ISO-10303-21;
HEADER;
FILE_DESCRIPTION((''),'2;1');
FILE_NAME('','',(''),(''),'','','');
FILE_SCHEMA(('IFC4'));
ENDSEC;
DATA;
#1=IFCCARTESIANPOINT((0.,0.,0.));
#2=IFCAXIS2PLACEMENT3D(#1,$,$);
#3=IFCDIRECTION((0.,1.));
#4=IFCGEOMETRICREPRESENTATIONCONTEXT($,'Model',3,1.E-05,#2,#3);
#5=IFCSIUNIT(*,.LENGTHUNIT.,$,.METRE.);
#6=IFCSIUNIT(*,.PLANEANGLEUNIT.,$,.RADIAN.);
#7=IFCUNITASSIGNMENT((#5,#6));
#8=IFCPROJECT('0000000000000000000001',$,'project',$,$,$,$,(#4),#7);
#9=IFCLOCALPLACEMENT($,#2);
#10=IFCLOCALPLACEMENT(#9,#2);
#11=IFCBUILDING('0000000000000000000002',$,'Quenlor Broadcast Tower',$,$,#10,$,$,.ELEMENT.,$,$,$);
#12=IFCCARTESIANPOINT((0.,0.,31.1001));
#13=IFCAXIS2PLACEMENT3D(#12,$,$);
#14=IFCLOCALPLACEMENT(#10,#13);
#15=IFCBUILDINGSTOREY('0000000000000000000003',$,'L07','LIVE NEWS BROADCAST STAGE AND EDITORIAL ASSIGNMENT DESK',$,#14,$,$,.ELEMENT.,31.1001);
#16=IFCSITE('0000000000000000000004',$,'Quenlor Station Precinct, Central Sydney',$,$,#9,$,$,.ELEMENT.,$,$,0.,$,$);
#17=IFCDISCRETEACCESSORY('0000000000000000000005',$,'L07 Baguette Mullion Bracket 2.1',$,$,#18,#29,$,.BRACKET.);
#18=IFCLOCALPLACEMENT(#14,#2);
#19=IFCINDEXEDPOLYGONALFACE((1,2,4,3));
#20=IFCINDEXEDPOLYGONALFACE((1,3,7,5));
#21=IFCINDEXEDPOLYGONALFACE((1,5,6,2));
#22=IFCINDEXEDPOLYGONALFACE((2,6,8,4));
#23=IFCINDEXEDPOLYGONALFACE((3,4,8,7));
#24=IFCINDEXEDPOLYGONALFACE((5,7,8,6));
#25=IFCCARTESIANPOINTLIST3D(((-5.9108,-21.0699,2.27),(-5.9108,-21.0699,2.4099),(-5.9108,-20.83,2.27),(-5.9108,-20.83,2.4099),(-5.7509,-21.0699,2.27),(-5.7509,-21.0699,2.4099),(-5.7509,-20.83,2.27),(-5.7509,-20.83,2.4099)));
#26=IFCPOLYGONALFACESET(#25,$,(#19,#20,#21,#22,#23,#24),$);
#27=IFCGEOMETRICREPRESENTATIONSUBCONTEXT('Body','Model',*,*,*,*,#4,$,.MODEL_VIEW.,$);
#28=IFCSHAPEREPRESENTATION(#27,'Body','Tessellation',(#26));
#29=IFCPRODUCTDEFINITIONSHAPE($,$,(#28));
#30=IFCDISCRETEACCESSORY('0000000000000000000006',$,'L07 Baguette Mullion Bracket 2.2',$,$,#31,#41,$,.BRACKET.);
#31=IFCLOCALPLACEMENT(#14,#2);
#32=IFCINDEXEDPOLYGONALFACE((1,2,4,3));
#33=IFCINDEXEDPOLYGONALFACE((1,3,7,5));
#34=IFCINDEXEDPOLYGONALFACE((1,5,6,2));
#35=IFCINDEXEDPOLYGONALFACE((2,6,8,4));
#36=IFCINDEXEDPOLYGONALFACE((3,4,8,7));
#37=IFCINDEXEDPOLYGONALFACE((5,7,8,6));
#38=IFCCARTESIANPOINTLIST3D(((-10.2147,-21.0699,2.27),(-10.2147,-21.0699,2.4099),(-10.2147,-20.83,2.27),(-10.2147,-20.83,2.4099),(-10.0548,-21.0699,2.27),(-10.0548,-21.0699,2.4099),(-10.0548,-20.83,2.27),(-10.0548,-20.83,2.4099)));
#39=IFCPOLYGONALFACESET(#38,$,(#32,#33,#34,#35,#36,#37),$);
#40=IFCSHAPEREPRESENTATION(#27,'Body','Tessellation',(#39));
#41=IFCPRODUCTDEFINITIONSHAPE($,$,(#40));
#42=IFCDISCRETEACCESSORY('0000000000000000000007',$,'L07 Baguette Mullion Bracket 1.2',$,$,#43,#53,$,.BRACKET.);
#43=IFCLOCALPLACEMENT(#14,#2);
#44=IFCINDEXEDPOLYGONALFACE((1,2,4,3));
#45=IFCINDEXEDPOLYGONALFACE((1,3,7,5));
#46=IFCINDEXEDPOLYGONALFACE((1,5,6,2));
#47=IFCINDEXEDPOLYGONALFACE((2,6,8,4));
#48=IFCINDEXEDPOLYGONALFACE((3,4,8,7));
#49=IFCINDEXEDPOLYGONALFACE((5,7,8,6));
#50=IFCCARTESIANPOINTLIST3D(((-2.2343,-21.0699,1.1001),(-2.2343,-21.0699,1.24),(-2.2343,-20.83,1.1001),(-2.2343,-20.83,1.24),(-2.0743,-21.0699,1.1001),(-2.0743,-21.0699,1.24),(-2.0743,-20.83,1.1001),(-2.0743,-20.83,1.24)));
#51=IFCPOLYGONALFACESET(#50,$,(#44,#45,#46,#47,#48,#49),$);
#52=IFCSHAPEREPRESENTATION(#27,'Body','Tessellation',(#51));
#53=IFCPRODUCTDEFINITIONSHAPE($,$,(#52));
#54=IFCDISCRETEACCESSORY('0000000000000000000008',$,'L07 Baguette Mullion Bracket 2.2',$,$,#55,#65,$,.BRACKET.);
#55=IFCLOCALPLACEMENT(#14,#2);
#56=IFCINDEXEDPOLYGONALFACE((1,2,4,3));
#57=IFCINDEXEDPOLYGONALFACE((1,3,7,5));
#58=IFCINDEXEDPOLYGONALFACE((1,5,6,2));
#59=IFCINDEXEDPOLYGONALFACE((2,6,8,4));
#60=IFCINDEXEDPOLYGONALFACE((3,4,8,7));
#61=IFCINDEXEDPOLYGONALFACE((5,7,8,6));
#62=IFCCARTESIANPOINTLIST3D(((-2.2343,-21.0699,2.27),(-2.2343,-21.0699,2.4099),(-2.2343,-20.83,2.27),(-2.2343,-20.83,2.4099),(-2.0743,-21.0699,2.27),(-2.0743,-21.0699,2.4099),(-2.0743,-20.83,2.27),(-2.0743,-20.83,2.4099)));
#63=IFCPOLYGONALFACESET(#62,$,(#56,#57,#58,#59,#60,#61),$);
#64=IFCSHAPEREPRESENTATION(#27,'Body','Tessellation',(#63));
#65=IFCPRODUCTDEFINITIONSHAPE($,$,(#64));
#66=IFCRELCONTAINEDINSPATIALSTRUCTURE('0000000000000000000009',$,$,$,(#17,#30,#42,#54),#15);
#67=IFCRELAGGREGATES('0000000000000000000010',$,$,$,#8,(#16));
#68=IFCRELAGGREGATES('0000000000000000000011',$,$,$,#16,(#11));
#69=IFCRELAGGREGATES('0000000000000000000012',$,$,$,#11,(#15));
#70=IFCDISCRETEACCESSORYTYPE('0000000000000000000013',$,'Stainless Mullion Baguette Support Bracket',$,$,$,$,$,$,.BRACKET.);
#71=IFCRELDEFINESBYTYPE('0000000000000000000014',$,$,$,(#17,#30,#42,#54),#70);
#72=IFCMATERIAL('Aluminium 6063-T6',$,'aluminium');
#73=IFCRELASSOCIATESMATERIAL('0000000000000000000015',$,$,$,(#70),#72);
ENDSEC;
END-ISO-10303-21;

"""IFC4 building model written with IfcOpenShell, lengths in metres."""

from ifc_helpers import new_model, si_unit, direction, frame, origin, origin_2d, place, context, subcontext, project, spatial, rectangle, extrude, material, type_object, element, save


model = new_model("IFC4")

# Units and contexts
model_context = context("Model", 3, precision=1e-05, world=origin(), true_north=direction((0.0, 1.0)))
body_context = subcontext(model_context, "Body", "Model", "MODEL_VIEW")
ifc_project = project(units=[si_unit("LENGTHUNIT", "METRE"), si_unit("PLANEANGLEUNIT", "RADIAN")], contexts=[model_context])

# Site, building, storey
site_placement = place(None, origin())
site = spatial("IfcSite", under=ifc_project, at=site_placement, Name="Quenlor Station Precinct, Central Sydney", CompositionType="ELEMENT", RefElevation=0.0)
building_placement = place(site_placement, origin())
building = spatial("IfcBuilding", under=site, at=building_placement, Name="Quenlor Broadcast Tower", CompositionType="ELEMENT")
storey_placement = place(building_placement, frame((0.0, 0.0, 31.1001)))
storey = spatial("IfcBuildingStorey", under=building, at=storey_placement, Name="L07", Description="LIVE NEWS BROADCAST STAGE AND EDITORIAL ASSIGNMENT DESK", CompositionType="ELEMENT", Elevation=31.1001)

# Discrete accessories
ifc_material_1 = material(Name="Aluminium 6063-T6", Category="aluminium")
discrete_accessory_type = type_object("IfcDiscreteAccessoryType", Name="Stainless Mullion Baguette Support Bracket", PredefinedType="BRACKET", material=ifc_material_1)
for number, where, z_axis, x_axis, name in (
    (1, (-5.8308, -20.95, 2.27), (0.0, 0.0, 1.0), (-1.0, 0.0, 0.0), "L07 Baguette Mullion Bracket 2.1"),
    (2, (-10.1348, -20.95, 2.27), (0.0, 0.0, 1.0), (-1.0, 0.0, 0.0), "L07 Baguette Mullion Bracket 2.2"),
    (3, (-2.1543, -20.95, 1.1001), (0.0, 0.0, 1.0), (-1.0, 0.0, 0.0), "L07 Baguette Mullion Bracket 1.2"),
    (4, (-2.1543, -20.95, 2.27), (0.0, 0.0, 1.0), (-1.0, 0.0, 0.0), "L07 Baguette Mullion Bracket 2.2"),
):
    element("IfcDiscreteAccessory", number, at=place(storey_placement, frame(where, z_axis=z_axis, x_axis=x_axis)), inside=storey, type_object=discrete_accessory_type, Name=name, PredefinedType="BRACKET", context=body_context, shape_type="SweptSolid", body=[
        extrude(rectangle(XDim=0.1599, YDim=0.24, at=origin_2d()), origin(), (0.0, 0.0, 1.0), 0.1399),
    ])

save(model, "model.ifc")
